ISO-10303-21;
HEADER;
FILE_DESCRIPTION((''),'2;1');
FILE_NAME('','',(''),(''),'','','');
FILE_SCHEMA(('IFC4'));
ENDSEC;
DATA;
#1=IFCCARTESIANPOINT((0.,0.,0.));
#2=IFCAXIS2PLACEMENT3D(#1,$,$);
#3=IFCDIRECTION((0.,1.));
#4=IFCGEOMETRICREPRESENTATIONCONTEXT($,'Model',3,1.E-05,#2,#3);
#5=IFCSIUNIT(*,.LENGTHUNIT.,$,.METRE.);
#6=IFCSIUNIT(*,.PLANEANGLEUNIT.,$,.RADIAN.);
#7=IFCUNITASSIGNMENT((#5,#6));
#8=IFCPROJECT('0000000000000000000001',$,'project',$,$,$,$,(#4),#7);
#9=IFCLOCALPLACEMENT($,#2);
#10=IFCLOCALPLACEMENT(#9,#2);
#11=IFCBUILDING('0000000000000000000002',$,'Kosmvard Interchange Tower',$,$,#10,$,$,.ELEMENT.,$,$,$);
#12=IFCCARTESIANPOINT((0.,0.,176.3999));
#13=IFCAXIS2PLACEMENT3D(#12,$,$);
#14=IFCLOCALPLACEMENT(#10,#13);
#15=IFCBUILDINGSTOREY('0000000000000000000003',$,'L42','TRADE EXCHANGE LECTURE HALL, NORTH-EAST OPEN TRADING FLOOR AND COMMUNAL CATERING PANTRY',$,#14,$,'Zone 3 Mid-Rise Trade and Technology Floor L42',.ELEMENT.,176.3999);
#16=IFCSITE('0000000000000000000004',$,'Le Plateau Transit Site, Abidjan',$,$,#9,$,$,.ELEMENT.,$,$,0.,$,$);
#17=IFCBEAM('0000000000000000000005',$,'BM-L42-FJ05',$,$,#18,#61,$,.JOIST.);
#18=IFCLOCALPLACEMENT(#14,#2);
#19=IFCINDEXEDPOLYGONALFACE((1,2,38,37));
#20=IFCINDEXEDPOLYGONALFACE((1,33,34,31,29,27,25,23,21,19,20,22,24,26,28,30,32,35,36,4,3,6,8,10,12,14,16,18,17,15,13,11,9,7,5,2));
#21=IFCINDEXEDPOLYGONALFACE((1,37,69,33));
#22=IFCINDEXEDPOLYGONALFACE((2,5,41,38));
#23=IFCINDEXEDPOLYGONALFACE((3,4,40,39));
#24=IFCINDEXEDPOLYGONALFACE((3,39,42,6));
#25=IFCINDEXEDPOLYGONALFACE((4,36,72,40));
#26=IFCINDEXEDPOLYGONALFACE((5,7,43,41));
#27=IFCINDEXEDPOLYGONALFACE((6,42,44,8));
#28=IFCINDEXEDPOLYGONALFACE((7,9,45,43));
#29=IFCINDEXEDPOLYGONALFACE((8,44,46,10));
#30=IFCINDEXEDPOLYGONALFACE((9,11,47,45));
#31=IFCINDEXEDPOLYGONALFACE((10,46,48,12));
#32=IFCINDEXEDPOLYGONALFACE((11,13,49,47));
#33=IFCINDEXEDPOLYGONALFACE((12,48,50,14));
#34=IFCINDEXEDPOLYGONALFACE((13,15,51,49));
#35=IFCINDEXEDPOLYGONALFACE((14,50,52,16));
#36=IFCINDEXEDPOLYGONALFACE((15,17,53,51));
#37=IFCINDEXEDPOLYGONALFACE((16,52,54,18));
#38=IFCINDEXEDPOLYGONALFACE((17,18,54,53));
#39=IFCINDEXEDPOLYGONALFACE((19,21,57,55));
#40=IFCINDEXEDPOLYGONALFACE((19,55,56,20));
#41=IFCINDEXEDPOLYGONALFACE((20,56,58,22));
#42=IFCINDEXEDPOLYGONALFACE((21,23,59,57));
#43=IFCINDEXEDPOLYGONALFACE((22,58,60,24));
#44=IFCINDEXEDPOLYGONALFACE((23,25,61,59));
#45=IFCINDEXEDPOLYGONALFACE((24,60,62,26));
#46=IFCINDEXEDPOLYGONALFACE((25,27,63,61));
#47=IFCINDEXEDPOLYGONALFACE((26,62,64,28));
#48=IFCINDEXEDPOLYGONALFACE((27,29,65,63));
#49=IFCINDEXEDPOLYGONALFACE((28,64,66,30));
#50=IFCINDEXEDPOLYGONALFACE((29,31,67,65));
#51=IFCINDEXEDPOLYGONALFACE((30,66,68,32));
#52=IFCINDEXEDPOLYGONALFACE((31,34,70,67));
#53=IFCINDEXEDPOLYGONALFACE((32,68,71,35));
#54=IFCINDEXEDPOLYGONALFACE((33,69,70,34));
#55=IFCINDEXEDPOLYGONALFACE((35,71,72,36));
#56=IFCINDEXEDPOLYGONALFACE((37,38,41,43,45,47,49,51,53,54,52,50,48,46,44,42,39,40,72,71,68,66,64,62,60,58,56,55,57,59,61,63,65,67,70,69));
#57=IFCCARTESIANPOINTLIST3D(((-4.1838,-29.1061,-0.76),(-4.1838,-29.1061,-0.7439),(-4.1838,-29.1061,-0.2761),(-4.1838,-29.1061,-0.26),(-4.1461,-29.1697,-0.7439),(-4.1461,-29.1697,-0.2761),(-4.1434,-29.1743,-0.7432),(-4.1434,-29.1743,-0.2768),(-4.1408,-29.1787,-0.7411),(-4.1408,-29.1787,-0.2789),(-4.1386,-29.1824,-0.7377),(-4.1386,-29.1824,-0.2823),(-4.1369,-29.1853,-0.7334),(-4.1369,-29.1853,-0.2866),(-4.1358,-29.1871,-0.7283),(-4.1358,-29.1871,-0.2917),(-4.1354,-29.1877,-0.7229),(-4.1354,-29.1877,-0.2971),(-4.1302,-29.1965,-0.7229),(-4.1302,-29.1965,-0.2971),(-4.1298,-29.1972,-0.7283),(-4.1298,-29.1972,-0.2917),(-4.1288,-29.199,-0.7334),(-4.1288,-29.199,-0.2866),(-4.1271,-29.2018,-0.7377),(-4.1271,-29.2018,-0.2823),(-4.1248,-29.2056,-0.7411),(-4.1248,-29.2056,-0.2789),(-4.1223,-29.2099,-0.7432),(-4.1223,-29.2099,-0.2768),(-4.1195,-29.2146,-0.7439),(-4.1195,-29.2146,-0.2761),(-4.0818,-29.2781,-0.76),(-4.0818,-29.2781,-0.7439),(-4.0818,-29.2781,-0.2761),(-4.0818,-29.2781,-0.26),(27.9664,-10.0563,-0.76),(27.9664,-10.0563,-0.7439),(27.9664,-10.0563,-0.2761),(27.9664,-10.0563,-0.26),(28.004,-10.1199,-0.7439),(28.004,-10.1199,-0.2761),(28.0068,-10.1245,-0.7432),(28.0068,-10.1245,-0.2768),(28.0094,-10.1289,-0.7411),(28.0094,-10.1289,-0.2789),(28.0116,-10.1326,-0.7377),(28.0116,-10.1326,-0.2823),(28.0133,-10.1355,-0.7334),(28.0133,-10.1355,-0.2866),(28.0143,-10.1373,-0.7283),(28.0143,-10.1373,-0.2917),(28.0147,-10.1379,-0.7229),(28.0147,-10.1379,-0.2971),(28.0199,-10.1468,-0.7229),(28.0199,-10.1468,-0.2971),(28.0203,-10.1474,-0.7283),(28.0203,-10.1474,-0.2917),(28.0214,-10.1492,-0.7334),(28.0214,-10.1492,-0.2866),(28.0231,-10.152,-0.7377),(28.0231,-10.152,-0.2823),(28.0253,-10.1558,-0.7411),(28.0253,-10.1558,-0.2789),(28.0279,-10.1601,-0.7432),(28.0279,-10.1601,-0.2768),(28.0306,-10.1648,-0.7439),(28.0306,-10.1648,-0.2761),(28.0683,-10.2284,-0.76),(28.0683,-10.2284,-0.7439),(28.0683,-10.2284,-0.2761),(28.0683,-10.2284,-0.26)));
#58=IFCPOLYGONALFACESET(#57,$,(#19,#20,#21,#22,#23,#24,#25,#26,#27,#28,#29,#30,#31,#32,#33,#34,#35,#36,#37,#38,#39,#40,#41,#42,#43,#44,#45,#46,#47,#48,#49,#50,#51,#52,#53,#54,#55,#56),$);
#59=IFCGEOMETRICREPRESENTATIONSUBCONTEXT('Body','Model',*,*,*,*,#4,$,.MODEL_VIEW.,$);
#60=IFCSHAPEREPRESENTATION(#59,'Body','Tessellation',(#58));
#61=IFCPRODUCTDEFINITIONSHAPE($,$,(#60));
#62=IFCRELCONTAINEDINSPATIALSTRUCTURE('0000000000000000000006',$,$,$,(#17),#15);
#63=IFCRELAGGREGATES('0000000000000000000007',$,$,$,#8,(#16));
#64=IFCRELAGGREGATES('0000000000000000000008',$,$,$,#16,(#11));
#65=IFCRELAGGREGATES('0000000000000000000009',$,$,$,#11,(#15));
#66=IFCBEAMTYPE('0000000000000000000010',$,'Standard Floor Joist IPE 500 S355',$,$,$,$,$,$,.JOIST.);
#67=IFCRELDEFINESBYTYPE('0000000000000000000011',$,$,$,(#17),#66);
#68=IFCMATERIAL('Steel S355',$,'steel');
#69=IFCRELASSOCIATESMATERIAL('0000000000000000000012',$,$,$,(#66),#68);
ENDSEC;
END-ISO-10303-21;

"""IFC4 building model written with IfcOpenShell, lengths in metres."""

from ifc_helpers import new_model, si_unit, direction, frame, origin, origin_2d, place, context, subcontext, project, spatial, i_section, extrude, source, transform, mapped, material, material_profile, profile_set, type_object, element, save


model = new_model("IFC4")

# Units and contexts
model_context = context("Model", 3, precision=1e-05, world=origin(), true_north=direction((0.0, 1.0)))
body_context = subcontext(model_context, "Body", "Model", "MODEL_VIEW")
ifc_project = project(units=[si_unit("LENGTHUNIT", "METRE"), si_unit("PLANEANGLEUNIT", "RADIAN")], contexts=[model_context])

# Site, building, storey
site_placement = place(None, origin())
site = spatial("IfcSite", under=ifc_project, at=site_placement, Name="Le Plateau Transit Site, Abidjan", CompositionType="ELEMENT", RefElevation=0.0)
building_placement = place(site_placement, origin())
building = spatial("IfcBuilding", under=site, at=building_placement, Name="Kosmvard Interchange Tower", CompositionType="ELEMENT")
storey_placement = place(building_placement, frame((0.0, 0.0, 176.3999)))
storey = spatial("IfcBuildingStorey", under=building, at=storey_placement, Name="L42", Description="TRADE EXCHANGE LECTURE HALL, NORTH-EAST OPEN TRADING FLOOR AND COMMUNAL CATERING PANTRY", LongName="Zone 3 Mid-Rise Trade and Technology Floor L42", CompositionType="ELEMENT", Elevation=176.3999)

# Beam
ifc_material_1 = material(Name="Steel S355", Category="steel")
ifc_material_profile_1 = material_profile(ifc_material_1, i_section(OverallWidth=0.2, OverallDepth=0.5, WebThickness=0.0103, FlangeThickness=0.0161, FilletRadius=0.021, at=origin_2d()), Name="IPE 500")
ifc_profile_set_1 = profile_set([ifc_material_profile_1], Name="Steel S355")
beam_type_1 = type_object("IfcBeamType", Name="Standard Floor Joist IPE 500 S355", PredefinedType="JOIST", material=ifc_profile_set_1)
shared_shape_1 = source(origin(), body_context, "Body", "SweptSolid", [
    extrude(i_section(OverallWidth=0.2, OverallDepth=0.5, WebThickness=0.0103, FlangeThickness=0.0161, FilletRadius=0.021, at=origin_2d()), origin(), (0.0, 0.0, 1.0), 37.3701),
])
beam_1_placement = place(storey_placement, frame((-4.1328, -29.1921, -0.51), z_axis=(0.860317, 0.50976, 0.0), x_axis=(-0.50976, 0.860317, 0.0)))
element("IfcBeam", 1, at=beam_1_placement, inside=storey, type_object=beam_type_1, Name="BM-L42-FJ05", PredefinedType="JOIST", context=body_context, shape_type="MappedRepresentation", body=[
    mapped(shared_shape_1, transform((0.0, 0.0, 0.0), scale=1.0)),
])

save(model, "model.ifc")
